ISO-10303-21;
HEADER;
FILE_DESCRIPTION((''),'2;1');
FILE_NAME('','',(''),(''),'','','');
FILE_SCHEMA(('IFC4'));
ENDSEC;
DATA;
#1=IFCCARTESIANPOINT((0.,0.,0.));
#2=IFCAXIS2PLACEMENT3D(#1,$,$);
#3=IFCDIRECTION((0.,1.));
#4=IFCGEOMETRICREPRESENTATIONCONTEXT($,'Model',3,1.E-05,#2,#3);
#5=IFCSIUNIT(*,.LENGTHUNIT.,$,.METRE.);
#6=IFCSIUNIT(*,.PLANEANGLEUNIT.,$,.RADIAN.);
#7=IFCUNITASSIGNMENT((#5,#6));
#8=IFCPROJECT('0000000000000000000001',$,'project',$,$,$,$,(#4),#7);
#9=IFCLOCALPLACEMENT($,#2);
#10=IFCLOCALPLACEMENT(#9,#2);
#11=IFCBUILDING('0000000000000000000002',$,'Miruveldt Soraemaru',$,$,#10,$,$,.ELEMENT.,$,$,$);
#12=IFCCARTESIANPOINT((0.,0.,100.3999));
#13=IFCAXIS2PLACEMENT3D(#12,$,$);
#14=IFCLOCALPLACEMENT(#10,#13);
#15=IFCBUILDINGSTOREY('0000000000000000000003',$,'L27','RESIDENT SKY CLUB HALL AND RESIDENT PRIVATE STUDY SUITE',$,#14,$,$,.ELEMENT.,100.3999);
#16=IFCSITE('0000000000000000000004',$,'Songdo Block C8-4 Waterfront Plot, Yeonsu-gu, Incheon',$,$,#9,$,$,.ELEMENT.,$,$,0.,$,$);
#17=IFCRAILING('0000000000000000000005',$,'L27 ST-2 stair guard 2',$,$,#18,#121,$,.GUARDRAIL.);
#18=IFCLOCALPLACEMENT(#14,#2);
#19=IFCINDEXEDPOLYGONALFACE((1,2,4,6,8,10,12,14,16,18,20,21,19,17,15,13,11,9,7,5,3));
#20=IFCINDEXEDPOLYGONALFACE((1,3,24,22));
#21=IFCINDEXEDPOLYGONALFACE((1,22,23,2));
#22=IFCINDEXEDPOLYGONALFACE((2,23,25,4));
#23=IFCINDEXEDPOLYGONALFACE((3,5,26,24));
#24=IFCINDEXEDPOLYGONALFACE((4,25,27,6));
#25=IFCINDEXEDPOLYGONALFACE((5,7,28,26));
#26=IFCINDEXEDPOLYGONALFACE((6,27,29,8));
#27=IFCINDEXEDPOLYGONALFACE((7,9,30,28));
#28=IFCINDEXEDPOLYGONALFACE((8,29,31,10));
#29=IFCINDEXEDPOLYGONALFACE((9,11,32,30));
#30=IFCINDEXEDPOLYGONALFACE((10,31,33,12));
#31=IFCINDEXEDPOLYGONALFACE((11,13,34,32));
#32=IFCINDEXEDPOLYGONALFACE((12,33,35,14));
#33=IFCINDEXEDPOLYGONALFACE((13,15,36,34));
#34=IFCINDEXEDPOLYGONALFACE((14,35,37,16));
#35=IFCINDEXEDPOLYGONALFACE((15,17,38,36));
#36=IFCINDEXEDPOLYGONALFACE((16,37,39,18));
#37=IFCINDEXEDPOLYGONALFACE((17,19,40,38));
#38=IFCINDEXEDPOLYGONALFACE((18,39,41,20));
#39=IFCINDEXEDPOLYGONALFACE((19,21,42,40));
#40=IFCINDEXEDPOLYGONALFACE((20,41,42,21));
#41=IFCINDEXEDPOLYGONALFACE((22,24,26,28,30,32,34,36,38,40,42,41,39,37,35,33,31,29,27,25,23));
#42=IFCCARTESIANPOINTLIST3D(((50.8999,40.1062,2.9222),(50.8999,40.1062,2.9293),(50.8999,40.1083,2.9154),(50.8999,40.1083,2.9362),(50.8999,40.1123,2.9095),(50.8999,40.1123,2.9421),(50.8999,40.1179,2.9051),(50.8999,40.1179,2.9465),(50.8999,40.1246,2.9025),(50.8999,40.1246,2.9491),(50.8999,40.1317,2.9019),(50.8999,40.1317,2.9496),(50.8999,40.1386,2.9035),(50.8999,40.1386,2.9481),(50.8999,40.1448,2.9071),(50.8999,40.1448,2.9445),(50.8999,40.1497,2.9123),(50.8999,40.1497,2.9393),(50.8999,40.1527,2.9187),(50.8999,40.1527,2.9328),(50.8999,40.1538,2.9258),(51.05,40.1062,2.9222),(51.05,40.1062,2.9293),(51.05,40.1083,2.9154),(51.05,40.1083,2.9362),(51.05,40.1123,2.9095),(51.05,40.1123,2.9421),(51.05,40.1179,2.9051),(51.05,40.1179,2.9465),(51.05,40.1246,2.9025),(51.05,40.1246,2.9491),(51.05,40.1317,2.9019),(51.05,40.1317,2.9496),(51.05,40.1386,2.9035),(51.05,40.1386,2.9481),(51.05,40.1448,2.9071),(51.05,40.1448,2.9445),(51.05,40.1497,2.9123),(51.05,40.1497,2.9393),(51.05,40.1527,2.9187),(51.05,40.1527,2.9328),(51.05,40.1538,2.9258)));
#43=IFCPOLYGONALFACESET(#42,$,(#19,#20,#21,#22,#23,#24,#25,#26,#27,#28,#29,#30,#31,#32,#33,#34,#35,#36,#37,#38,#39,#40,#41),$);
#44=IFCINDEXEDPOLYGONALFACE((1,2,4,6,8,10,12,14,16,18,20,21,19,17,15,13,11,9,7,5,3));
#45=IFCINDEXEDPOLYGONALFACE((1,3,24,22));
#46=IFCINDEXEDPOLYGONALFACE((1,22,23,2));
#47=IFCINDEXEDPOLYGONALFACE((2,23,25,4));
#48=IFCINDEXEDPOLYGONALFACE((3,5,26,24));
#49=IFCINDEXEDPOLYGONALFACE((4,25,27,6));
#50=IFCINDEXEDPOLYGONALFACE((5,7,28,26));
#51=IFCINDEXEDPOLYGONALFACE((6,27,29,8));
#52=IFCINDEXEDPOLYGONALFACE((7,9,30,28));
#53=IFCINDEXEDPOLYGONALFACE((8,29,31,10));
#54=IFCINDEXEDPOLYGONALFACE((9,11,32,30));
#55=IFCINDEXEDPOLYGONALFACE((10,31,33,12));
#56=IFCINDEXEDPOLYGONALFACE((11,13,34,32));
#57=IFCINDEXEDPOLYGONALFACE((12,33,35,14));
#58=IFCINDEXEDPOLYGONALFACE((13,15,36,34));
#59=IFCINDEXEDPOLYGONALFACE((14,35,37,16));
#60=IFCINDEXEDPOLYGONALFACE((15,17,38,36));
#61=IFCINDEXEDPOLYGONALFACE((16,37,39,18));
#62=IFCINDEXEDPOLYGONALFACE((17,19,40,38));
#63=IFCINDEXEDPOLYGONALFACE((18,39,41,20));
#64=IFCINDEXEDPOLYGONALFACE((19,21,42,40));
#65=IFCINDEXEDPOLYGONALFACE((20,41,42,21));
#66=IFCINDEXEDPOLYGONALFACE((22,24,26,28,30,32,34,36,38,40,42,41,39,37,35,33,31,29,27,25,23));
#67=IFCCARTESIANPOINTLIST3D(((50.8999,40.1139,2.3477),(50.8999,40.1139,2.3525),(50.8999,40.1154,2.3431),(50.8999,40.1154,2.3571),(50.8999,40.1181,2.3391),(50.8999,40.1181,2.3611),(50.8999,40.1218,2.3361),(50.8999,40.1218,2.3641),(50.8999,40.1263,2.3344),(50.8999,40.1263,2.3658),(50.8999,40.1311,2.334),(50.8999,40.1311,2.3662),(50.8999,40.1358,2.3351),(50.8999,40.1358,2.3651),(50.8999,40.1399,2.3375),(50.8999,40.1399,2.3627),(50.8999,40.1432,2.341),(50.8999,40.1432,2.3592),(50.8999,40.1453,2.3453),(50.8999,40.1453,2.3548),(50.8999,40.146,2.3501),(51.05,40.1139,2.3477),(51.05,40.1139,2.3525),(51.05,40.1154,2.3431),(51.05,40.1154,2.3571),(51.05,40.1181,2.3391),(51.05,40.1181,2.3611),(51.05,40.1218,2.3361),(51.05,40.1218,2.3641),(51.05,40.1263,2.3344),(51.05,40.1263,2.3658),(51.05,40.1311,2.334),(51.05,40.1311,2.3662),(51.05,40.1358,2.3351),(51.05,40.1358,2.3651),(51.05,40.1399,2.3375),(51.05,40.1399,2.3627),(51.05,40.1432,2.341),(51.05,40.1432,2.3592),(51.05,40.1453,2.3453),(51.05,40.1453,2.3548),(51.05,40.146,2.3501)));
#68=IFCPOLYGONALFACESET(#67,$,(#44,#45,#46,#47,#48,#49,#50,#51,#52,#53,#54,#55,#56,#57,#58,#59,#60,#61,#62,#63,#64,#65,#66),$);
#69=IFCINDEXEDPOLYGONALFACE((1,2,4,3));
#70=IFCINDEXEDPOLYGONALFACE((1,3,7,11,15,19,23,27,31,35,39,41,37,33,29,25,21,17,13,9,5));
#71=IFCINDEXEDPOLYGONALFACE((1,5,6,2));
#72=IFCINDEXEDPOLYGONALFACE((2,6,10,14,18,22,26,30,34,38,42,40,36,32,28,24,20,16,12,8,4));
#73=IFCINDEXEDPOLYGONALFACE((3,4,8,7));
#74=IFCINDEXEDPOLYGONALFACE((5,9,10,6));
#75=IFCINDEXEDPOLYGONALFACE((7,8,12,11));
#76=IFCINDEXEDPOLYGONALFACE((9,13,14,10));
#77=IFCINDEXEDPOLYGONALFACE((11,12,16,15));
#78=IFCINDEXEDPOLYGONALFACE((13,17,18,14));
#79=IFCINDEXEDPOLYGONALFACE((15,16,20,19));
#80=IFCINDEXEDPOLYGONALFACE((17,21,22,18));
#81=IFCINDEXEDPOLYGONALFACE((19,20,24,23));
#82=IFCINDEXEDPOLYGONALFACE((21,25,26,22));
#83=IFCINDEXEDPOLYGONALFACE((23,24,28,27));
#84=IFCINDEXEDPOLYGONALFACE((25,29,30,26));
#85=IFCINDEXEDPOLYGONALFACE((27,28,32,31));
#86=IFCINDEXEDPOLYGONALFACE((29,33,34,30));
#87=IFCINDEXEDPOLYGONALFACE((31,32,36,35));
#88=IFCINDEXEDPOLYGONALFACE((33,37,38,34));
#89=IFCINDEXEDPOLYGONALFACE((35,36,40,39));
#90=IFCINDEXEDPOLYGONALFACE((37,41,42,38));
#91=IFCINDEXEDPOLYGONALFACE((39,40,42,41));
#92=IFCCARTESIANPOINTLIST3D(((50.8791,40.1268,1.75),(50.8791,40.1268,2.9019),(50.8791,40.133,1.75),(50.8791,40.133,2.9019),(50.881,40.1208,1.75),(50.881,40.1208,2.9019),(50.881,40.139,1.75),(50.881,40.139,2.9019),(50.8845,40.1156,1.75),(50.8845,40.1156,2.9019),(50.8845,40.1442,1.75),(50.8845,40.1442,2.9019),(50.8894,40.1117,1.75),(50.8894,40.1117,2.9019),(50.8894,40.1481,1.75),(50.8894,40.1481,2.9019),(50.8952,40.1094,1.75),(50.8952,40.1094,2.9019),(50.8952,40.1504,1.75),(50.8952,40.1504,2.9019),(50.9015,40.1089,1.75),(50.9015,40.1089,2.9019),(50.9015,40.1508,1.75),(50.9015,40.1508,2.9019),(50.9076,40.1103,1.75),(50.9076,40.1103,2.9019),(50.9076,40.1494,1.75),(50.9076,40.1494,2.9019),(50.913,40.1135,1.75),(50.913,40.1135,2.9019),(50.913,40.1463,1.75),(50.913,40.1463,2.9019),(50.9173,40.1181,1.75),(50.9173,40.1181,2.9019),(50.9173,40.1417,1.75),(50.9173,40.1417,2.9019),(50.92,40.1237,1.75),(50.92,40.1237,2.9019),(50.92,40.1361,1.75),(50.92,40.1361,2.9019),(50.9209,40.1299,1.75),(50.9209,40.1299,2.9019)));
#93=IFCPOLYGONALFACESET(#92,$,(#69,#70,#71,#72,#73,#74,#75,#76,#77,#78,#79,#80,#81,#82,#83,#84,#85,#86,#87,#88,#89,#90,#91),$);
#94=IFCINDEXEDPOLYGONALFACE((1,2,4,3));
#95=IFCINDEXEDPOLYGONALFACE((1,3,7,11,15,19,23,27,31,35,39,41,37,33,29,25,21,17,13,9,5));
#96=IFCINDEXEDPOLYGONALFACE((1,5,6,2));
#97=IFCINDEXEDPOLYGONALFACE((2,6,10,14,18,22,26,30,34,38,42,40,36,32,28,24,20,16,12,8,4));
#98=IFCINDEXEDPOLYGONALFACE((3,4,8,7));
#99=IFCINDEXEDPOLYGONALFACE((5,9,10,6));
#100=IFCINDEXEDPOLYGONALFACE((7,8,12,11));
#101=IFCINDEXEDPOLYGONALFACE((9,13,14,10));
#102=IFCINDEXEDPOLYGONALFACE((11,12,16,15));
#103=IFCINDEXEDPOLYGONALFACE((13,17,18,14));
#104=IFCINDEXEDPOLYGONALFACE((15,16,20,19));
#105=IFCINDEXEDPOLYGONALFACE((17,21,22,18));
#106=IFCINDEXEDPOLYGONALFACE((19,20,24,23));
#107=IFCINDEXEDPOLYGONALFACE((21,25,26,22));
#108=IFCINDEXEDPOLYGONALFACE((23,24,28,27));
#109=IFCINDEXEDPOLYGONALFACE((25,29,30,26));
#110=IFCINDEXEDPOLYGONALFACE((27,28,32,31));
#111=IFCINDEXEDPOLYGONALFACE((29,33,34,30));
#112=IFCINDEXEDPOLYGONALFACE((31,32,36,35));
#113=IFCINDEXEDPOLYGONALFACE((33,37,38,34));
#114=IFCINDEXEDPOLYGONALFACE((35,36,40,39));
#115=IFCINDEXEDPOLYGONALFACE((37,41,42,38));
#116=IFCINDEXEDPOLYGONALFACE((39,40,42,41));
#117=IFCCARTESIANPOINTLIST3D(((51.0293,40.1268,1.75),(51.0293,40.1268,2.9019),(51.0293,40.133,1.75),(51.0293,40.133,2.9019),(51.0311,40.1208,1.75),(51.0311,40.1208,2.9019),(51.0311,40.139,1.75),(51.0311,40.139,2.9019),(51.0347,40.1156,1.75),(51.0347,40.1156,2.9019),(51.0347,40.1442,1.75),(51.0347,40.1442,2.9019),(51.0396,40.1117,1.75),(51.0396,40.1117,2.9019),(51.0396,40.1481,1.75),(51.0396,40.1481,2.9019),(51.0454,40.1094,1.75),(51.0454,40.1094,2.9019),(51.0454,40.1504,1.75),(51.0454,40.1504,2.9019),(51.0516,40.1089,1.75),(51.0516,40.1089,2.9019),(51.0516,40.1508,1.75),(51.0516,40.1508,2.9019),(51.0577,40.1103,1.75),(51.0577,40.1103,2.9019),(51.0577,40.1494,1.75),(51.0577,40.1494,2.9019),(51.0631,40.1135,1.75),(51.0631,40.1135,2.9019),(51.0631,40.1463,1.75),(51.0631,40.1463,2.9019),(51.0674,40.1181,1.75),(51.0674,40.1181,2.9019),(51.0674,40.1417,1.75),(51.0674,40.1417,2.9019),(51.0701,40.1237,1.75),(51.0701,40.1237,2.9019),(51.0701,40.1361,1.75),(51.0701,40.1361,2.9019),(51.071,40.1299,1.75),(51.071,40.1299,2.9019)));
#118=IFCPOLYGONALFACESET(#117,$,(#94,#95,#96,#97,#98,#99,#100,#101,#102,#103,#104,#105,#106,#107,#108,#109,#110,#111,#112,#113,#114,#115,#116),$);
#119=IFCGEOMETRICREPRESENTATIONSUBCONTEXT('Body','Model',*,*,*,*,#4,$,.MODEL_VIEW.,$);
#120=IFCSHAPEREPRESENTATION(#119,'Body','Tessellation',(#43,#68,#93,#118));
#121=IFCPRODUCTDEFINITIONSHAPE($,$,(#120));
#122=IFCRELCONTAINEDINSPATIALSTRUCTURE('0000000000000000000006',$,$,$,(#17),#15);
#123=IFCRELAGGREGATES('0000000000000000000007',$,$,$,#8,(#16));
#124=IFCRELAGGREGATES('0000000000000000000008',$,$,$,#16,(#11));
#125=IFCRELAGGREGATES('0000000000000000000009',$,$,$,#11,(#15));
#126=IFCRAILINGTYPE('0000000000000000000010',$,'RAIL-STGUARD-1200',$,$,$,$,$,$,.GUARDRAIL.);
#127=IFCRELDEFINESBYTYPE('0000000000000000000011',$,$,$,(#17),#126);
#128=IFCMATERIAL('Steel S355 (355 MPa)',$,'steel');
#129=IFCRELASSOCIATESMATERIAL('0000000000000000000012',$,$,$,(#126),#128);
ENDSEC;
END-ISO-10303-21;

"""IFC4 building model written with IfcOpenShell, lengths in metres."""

from ifc_helpers import new_model, si_unit, direction, frame, origin, origin_2d, place, context, subcontext, project, spatial, circle, extrude, material, type_object, element, save


model = new_model("IFC4")

# Units and contexts
model_context = context("Model", 3, precision=1e-05, world=origin(), true_north=direction((0.0, 1.0)))
body_context = subcontext(model_context, "Body", "Model", "MODEL_VIEW")
ifc_project = project(units=[si_unit("LENGTHUNIT", "METRE"), si_unit("PLANEANGLEUNIT", "RADIAN")], contexts=[model_context])

# Site, building, storey
site_placement = place(None, origin())
site = spatial("IfcSite", under=ifc_project, at=site_placement, Name="Songdo Block C8-4 Waterfront Plot, Yeonsu-gu, Incheon", CompositionType="ELEMENT", RefElevation=0.0)
building_placement = place(site_placement, origin())
building = spatial("IfcBuilding", under=site, at=building_placement, Name="Miruveldt Soraemaru", CompositionType="ELEMENT")
storey_placement = place(building_placement, frame((0.0, 0.0, 100.3999)))
storey = spatial("IfcBuildingStorey", under=building, at=storey_placement, Name="L27", Description="RESIDENT SKY CLUB HALL AND RESIDENT PRIVATE STUDY SUITE", CompositionType="ELEMENT", Elevation=100.3999)

# Railing
ifc_material_1 = material(Name="Steel S355 (355 MPa)", Category="steel")
railing_type_1 = type_object("IfcRailingType", Name="RAIL-STGUARD-1200", PredefinedType="GUARDRAIL", material=ifc_material_1)
railing_1_placement = place(storey_placement, frame((50.8999, 40.1299, 1.75)))
element("IfcRailing", 1, at=railing_1_placement, inside=storey, type_object=railing_type_1, Name="L27 ST-2 stair guard 2", PredefinedType="GUARDRAIL", context=body_context, shape_type="SweptSolid", body=[
    extrude(circle(Radius=0.0239, at=origin_2d()), frame((0.0, 0.0, 1.1758), z_axis=(1.0, 0.0, 0.0), x_axis=(0.0, 1.0, 0.0)), (0.0, 0.0, 1.0), 0.1501),
    extrude(circle(Radius=0.0161, at=origin_2d()), frame((0.0, 0.0, 0.6001), z_axis=(1.0, 0.0, 0.0), x_axis=(0.0, 1.0, 0.0)), (0.0, 0.0, 1.0), 0.1501),
    extrude(circle(Radius=0.021, at=origin_2d()), origin(), (0.0, 0.0, 1.0), 1.1519),
    extrude(circle(Radius=0.021, at=origin_2d()), frame((0.1501, 0.0, 0.0)), (0.0, 0.0, 1.0), 1.1519),
])

save(model, "model.ifc")
